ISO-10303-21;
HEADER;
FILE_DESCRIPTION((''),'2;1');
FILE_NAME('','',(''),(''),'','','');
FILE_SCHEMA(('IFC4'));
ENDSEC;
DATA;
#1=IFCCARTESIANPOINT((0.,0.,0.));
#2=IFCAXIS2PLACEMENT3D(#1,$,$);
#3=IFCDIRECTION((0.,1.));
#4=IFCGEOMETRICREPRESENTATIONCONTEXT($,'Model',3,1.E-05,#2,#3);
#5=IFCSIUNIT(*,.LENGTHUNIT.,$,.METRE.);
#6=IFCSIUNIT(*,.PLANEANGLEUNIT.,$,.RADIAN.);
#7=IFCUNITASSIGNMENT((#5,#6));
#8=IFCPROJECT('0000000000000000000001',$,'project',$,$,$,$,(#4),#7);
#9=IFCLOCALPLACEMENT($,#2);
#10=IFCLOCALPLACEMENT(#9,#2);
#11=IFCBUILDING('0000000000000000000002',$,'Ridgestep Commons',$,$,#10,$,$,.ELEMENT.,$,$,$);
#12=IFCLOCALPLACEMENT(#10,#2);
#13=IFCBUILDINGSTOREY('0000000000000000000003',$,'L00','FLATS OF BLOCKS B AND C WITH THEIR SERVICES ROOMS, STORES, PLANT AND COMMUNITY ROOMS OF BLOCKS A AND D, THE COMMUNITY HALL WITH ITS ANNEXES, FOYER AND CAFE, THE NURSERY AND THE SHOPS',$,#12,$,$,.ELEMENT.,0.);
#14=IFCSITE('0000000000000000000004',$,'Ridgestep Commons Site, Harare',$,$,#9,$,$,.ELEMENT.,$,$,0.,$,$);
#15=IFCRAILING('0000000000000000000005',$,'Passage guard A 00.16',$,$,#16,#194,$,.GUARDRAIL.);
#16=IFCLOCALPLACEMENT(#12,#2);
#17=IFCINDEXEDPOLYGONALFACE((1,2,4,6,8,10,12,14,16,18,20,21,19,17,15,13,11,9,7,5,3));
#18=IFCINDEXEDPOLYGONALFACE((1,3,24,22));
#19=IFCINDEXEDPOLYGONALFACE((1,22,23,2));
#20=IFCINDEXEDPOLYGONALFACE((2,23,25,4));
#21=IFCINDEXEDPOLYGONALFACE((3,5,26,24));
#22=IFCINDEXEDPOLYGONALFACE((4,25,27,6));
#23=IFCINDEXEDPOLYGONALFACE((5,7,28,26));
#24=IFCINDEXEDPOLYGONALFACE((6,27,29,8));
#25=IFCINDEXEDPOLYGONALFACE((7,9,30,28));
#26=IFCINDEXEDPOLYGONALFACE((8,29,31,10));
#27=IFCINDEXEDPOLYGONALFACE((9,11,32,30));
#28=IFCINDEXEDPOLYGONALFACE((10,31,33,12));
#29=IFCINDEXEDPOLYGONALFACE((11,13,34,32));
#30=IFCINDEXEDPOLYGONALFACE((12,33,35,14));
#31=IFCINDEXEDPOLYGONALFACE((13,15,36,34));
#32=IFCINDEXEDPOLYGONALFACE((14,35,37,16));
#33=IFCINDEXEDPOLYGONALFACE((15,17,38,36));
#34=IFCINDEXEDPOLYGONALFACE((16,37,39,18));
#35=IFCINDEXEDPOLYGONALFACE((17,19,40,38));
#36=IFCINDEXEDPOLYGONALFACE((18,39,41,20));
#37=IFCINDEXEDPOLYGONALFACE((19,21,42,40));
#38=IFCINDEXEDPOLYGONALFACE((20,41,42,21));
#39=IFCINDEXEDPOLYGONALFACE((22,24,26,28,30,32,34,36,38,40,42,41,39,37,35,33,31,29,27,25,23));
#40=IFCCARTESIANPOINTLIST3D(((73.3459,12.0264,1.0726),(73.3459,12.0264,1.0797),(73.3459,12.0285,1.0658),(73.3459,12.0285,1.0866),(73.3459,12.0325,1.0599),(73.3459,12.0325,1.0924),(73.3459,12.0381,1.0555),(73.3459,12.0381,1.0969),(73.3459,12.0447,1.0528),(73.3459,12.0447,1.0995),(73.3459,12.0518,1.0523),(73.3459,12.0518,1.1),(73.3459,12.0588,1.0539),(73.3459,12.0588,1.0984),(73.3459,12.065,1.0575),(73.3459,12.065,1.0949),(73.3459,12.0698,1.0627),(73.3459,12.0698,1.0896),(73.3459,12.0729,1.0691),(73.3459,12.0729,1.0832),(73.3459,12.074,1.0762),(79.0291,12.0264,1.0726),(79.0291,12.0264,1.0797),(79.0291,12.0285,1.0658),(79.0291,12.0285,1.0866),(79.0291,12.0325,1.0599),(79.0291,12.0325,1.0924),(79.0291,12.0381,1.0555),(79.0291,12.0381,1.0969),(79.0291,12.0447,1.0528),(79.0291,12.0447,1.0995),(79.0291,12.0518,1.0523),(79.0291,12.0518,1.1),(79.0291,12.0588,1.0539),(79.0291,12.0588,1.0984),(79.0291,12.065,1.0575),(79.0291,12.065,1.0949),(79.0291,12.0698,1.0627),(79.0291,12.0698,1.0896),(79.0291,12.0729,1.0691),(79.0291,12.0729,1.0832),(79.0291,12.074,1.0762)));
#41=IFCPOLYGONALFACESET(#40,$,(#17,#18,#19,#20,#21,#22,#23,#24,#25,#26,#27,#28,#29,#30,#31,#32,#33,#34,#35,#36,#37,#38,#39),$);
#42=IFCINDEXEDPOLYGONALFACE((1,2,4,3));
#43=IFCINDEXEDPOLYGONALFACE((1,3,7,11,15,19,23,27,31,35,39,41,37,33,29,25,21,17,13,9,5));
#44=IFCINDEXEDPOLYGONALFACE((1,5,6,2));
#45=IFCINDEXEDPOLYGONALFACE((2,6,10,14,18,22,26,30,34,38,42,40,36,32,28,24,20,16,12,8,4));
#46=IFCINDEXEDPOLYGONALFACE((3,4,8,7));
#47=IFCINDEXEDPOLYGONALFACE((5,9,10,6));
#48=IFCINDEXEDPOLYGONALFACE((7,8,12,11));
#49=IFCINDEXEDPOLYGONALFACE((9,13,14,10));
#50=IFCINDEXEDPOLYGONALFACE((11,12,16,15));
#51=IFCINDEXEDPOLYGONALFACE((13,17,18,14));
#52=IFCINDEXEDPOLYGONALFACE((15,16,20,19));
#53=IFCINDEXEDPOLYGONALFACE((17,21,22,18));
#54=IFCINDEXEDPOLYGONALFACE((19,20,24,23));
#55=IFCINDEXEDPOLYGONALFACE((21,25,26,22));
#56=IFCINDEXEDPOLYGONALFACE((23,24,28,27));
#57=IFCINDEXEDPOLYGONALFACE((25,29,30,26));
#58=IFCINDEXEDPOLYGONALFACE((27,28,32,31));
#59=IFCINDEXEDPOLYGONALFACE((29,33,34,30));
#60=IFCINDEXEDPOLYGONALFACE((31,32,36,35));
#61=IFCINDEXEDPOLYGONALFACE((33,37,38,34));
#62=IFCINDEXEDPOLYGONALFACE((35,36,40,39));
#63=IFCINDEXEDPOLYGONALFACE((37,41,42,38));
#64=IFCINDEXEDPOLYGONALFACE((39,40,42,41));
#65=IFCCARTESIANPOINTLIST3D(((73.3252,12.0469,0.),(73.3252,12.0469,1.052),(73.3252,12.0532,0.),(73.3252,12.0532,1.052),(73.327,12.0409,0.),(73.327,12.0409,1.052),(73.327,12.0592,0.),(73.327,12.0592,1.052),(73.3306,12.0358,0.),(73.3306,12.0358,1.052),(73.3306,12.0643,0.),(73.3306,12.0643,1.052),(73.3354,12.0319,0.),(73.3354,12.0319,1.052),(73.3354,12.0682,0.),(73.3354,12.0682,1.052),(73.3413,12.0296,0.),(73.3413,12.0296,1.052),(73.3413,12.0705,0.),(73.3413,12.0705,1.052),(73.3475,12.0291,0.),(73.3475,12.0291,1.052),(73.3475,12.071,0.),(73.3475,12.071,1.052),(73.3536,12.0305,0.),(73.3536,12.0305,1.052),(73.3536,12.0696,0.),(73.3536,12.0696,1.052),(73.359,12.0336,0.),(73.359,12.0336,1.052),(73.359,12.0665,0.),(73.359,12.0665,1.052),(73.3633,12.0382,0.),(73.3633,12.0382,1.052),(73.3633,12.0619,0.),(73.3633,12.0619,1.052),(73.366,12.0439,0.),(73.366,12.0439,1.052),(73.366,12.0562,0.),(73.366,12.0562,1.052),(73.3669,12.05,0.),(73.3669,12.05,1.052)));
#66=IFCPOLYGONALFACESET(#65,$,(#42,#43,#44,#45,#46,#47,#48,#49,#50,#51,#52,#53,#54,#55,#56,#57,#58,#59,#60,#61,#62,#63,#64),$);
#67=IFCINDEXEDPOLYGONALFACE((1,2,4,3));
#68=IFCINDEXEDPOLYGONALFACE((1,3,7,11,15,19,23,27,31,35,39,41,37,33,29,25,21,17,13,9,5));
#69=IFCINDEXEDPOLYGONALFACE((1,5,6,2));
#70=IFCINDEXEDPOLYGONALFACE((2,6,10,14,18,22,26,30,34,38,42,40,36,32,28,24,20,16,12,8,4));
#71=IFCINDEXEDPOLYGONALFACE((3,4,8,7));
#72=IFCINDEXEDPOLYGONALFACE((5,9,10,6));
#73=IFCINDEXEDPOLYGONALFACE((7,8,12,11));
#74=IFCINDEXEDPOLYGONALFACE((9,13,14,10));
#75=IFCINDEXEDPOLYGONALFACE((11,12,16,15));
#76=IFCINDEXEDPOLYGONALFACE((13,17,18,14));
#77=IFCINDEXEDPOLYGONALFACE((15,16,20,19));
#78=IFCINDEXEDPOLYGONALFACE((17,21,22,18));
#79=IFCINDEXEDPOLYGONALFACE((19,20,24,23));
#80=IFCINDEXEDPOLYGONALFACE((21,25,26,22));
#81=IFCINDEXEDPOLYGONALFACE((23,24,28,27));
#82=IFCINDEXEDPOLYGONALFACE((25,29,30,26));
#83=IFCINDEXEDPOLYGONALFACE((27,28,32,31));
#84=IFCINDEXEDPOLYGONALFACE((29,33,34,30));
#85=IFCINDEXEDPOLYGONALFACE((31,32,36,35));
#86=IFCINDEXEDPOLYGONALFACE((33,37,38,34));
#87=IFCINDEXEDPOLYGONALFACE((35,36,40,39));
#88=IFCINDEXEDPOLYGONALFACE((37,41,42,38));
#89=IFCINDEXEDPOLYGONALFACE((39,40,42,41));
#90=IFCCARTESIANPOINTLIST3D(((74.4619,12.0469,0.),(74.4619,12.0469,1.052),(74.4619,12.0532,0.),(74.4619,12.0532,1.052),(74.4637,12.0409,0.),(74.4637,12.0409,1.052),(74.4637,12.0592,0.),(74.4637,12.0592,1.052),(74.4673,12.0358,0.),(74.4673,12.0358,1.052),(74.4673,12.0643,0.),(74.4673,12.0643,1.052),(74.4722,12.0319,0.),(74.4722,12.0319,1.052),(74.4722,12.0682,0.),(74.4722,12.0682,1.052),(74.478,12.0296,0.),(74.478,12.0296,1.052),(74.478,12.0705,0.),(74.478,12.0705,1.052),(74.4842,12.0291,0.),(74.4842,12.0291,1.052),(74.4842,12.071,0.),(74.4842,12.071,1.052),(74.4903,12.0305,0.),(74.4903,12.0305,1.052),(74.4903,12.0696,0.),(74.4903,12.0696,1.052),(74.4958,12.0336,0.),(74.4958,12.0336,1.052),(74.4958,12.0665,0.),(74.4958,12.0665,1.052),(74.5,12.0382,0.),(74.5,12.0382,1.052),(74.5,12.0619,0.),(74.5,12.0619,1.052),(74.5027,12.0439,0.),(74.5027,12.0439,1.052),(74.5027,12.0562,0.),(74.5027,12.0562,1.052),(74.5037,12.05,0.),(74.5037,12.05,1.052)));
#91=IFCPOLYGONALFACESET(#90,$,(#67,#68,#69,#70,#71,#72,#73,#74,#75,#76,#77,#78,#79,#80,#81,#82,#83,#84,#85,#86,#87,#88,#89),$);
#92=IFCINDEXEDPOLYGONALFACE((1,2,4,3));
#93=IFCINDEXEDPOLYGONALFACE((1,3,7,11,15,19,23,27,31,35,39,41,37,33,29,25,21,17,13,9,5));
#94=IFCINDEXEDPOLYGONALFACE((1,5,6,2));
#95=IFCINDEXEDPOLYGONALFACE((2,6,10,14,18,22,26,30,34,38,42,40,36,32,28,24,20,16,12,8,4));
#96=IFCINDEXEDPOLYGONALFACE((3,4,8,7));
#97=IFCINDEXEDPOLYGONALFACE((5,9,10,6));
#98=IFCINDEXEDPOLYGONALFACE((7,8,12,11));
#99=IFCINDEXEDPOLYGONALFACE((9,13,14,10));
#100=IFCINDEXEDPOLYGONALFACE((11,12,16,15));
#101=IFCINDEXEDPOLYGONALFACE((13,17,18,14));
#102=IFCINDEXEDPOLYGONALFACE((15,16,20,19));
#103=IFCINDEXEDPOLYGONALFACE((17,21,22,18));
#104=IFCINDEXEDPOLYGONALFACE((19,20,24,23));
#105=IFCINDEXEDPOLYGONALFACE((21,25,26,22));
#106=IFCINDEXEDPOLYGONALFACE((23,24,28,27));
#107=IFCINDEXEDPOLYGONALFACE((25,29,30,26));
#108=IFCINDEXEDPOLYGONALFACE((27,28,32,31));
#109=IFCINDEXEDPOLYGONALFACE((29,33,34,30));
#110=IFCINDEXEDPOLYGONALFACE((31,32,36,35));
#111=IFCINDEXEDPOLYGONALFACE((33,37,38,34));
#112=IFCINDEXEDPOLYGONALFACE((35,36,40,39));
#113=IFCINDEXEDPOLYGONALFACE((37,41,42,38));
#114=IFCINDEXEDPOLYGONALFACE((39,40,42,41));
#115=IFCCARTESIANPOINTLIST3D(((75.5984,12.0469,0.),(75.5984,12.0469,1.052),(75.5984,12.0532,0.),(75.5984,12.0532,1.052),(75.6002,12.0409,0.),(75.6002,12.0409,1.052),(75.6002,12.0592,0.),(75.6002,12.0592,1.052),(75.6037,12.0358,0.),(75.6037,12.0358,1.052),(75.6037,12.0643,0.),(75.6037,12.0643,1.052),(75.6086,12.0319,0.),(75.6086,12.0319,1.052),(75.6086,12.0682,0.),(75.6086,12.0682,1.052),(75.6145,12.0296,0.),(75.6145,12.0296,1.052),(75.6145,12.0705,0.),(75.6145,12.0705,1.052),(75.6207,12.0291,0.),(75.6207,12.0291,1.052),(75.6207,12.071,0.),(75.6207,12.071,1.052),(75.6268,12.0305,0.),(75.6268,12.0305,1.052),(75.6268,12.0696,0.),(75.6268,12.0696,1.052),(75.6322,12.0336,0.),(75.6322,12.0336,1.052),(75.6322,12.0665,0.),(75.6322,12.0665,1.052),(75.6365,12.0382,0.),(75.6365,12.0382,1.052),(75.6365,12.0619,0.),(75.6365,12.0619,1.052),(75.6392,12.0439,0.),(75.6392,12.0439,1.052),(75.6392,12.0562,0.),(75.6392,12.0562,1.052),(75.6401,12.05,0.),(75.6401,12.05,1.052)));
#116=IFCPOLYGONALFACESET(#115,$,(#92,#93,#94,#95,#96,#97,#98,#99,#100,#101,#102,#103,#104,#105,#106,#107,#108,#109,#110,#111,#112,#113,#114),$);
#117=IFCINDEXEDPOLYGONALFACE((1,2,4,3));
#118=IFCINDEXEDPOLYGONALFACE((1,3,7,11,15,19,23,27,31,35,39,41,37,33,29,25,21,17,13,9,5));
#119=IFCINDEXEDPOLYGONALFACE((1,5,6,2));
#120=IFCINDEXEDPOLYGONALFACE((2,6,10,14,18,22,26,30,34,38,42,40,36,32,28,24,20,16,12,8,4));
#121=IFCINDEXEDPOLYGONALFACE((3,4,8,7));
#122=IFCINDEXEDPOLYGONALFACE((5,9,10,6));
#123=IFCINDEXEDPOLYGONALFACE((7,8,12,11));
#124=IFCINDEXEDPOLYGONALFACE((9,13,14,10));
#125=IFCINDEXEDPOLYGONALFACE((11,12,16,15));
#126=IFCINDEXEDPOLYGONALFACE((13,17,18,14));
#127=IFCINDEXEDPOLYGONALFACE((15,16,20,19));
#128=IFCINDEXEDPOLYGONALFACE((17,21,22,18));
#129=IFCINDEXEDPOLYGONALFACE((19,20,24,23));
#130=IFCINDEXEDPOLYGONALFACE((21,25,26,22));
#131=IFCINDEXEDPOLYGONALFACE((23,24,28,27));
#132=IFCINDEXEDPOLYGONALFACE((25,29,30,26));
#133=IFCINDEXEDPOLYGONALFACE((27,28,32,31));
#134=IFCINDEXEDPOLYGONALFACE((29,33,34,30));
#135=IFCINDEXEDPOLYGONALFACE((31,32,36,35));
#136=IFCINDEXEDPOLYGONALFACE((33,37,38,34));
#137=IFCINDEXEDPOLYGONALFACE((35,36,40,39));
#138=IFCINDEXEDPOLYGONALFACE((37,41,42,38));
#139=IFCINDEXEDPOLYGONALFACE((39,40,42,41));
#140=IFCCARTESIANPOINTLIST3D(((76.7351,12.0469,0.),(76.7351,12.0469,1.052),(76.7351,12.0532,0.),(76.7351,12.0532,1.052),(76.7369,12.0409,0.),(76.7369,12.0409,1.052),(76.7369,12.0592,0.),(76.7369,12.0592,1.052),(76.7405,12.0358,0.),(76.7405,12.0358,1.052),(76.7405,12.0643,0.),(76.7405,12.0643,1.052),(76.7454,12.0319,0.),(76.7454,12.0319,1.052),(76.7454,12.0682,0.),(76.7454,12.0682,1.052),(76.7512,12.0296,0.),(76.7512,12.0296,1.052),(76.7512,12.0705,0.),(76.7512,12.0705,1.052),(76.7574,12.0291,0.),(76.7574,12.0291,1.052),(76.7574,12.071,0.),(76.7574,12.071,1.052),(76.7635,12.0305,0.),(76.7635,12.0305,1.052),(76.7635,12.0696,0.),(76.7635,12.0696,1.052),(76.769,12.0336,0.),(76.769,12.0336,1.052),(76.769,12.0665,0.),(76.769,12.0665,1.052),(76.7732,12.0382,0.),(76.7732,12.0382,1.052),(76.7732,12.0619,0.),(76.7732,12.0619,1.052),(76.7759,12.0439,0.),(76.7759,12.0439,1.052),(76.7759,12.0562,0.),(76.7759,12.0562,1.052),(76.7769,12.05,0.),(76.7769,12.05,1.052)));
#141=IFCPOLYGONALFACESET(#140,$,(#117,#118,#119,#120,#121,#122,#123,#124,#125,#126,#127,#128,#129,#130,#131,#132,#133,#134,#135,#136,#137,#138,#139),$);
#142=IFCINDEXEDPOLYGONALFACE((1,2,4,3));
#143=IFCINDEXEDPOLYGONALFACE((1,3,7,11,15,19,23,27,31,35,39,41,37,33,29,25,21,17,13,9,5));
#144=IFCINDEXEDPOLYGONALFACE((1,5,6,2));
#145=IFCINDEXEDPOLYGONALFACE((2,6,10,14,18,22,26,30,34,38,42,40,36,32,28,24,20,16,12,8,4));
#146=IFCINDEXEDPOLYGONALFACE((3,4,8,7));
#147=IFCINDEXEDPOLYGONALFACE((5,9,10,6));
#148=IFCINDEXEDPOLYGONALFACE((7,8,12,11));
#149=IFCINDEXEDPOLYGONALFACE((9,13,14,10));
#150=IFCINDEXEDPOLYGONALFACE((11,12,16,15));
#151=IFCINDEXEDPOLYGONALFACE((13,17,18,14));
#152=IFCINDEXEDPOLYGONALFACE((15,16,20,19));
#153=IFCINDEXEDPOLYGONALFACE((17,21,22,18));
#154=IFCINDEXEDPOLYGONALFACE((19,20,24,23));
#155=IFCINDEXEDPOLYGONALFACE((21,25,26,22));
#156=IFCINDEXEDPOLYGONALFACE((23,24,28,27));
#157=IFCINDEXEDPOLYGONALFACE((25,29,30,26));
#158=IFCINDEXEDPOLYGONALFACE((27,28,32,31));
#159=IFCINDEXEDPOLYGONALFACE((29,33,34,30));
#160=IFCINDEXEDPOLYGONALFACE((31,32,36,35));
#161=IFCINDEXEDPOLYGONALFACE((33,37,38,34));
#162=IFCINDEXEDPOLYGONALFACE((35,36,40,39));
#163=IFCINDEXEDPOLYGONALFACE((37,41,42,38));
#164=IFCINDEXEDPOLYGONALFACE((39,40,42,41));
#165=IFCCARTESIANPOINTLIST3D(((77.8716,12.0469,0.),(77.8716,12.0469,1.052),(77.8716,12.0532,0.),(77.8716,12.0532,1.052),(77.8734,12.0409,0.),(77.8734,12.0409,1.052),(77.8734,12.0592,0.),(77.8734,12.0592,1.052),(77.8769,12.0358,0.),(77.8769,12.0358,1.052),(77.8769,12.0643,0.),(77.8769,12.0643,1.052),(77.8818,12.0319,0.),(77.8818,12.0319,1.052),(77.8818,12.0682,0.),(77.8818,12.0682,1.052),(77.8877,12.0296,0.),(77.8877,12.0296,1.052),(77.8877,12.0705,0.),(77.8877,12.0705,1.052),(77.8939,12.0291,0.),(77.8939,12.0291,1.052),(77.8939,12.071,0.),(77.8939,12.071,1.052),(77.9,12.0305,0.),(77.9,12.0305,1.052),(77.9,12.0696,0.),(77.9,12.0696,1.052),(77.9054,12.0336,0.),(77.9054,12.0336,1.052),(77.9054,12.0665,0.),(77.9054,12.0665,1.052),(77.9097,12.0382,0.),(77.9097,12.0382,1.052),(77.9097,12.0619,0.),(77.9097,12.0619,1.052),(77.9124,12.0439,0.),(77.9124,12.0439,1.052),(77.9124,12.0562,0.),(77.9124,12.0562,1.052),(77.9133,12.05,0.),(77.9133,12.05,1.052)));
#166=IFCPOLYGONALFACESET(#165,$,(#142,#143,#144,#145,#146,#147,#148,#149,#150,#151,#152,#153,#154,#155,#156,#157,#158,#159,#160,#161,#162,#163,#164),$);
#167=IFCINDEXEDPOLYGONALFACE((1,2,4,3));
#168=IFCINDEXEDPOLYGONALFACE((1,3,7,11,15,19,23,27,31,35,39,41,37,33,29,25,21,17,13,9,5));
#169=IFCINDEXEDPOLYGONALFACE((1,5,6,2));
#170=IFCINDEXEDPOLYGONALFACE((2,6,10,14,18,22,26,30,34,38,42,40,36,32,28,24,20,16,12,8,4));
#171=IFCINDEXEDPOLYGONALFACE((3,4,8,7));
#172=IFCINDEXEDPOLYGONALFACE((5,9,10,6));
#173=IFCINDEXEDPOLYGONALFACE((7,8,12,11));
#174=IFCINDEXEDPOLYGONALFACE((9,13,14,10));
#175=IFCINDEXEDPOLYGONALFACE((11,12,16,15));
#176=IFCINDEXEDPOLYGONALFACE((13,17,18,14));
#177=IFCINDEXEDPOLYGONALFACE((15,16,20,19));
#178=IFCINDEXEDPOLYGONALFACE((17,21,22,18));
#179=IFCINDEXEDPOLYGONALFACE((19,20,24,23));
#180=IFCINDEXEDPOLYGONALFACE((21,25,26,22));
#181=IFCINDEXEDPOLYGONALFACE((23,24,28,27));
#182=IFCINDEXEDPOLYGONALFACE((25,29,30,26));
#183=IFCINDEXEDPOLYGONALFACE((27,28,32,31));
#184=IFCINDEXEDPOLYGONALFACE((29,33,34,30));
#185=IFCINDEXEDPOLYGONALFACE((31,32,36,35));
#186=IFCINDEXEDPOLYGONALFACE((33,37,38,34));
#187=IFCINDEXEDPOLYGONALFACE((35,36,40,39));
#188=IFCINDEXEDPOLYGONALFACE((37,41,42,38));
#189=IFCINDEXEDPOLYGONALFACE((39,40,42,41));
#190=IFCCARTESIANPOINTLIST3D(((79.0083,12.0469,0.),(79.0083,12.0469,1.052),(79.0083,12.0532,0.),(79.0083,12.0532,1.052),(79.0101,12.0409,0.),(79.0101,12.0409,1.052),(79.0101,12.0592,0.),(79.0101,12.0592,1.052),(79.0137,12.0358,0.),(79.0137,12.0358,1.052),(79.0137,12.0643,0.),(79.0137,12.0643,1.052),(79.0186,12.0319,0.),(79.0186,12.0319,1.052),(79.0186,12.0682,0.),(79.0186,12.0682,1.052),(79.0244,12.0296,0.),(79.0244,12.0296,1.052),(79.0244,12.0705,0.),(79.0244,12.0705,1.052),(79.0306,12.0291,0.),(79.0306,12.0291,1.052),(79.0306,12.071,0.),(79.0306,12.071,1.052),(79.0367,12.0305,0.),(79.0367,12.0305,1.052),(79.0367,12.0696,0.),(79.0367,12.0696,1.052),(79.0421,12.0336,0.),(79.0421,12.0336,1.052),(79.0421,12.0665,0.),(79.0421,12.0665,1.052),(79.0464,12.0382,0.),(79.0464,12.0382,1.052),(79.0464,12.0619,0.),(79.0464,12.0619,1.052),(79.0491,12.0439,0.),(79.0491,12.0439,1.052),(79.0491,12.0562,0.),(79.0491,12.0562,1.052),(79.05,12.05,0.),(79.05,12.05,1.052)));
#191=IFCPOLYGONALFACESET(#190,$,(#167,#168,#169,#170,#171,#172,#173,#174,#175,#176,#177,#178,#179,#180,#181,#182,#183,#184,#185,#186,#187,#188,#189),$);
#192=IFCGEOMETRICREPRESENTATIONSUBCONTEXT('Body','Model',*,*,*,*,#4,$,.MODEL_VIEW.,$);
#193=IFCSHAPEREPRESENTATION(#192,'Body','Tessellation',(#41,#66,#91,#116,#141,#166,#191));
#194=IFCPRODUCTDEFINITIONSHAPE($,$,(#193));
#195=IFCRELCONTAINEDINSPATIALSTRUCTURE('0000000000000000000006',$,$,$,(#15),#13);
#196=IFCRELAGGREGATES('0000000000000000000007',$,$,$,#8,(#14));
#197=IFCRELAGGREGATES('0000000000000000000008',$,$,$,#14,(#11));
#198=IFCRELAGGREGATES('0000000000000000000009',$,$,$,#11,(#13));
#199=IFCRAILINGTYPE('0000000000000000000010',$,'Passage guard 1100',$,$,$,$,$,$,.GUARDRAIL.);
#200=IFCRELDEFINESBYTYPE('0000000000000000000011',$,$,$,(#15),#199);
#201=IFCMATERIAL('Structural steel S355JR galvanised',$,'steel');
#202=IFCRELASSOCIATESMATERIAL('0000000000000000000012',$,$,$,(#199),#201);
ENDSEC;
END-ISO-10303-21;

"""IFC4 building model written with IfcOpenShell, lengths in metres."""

from ifc_helpers import new_model, si_unit, direction, frame, origin, origin_2d, place, context, subcontext, project, spatial, circle, extrude, material, type_object, element, save


model = new_model("IFC4")

# Units and contexts
model_context = context("Model", 3, precision=1e-05, world=origin(), true_north=direction((0.0, 1.0)))
body_context = subcontext(model_context, "Body", "Model", "MODEL_VIEW")
ifc_project = project(units=[si_unit("LENGTHUNIT", "METRE"), si_unit("PLANEANGLEUNIT", "RADIAN")], contexts=[model_context])

# Site, building, storey
site_placement = place(None, origin())
site = spatial("IfcSite", under=ifc_project, at=site_placement, Name="Ridgestep Commons Site, Harare", CompositionType="ELEMENT", RefElevation=0.0)
building_placement = place(site_placement, origin())
building = spatial("IfcBuilding", under=site, at=building_placement, Name="Ridgestep Commons", CompositionType="ELEMENT")
storey_placement = place(building_placement, origin())
storey = spatial("IfcBuildingStorey", under=building, at=storey_placement, Name="L00", Description="FLATS OF BLOCKS B AND C WITH THEIR SERVICES ROOMS, STORES, PLANT AND COMMUNITY ROOMS OF BLOCKS A AND D, THE COMMUNITY HALL WITH ITS ANNEXES, FOYER AND CAFE, THE NURSERY AND THE SHOPS", CompositionType="ELEMENT", Elevation=0.0)

# Railing
ifc_material_1 = material(Name="Structural steel S355JR galvanised", Category="steel")
railing_type = type_object("IfcRailingType", Name="Passage guard 1100", PredefinedType="GUARDRAIL", material=ifc_material_1)
railing_1_placement = place(storey_placement, frame((73.3459, 12.05, 0.0)))
element("IfcRailing", 1, at=railing_1_placement, inside=storey, type_object=railing_type, Name="Passage guard A 00.16", PredefinedType="GUARDRAIL", context=body_context, shape_type="SweptSolid", body=[
    extrude(circle(Radius=0.0239, at=origin_2d()), frame((0.0, 0.0, 1.0762), z_axis=(1.0, 0.0, 0.0), x_axis=(0.0, 1.0, 0.0)), (0.0, 0.0, 1.0), 5.6831),
    extrude(circle(Radius=0.021, at=origin_2d()), origin(), (0.0, 0.0, 1.0), 1.052),
    extrude(circle(Radius=0.021, at=origin_2d()), frame((1.1367, 0.0, 0.0)), (0.0, 0.0, 1.0), 1.052),
    extrude(circle(Radius=0.021, at=origin_2d()), frame((2.2732, 0.0, 0.0)), (0.0, 0.0, 1.0), 1.052),
    extrude(circle(Radius=0.021, at=origin_2d()), frame((3.4099, 0.0, 0.0)), (0.0, 0.0, 1.0), 1.052),
    extrude(circle(Radius=0.021, at=origin_2d()), frame((4.5464, 0.0, 0.0)), (0.0, 0.0, 1.0), 1.052),
    extrude(circle(Radius=0.021, at=origin_2d()), frame((5.6831, 0.0, 0.0)), (0.0, 0.0, 1.0), 1.052),
])

save(model, "model.ifc")
